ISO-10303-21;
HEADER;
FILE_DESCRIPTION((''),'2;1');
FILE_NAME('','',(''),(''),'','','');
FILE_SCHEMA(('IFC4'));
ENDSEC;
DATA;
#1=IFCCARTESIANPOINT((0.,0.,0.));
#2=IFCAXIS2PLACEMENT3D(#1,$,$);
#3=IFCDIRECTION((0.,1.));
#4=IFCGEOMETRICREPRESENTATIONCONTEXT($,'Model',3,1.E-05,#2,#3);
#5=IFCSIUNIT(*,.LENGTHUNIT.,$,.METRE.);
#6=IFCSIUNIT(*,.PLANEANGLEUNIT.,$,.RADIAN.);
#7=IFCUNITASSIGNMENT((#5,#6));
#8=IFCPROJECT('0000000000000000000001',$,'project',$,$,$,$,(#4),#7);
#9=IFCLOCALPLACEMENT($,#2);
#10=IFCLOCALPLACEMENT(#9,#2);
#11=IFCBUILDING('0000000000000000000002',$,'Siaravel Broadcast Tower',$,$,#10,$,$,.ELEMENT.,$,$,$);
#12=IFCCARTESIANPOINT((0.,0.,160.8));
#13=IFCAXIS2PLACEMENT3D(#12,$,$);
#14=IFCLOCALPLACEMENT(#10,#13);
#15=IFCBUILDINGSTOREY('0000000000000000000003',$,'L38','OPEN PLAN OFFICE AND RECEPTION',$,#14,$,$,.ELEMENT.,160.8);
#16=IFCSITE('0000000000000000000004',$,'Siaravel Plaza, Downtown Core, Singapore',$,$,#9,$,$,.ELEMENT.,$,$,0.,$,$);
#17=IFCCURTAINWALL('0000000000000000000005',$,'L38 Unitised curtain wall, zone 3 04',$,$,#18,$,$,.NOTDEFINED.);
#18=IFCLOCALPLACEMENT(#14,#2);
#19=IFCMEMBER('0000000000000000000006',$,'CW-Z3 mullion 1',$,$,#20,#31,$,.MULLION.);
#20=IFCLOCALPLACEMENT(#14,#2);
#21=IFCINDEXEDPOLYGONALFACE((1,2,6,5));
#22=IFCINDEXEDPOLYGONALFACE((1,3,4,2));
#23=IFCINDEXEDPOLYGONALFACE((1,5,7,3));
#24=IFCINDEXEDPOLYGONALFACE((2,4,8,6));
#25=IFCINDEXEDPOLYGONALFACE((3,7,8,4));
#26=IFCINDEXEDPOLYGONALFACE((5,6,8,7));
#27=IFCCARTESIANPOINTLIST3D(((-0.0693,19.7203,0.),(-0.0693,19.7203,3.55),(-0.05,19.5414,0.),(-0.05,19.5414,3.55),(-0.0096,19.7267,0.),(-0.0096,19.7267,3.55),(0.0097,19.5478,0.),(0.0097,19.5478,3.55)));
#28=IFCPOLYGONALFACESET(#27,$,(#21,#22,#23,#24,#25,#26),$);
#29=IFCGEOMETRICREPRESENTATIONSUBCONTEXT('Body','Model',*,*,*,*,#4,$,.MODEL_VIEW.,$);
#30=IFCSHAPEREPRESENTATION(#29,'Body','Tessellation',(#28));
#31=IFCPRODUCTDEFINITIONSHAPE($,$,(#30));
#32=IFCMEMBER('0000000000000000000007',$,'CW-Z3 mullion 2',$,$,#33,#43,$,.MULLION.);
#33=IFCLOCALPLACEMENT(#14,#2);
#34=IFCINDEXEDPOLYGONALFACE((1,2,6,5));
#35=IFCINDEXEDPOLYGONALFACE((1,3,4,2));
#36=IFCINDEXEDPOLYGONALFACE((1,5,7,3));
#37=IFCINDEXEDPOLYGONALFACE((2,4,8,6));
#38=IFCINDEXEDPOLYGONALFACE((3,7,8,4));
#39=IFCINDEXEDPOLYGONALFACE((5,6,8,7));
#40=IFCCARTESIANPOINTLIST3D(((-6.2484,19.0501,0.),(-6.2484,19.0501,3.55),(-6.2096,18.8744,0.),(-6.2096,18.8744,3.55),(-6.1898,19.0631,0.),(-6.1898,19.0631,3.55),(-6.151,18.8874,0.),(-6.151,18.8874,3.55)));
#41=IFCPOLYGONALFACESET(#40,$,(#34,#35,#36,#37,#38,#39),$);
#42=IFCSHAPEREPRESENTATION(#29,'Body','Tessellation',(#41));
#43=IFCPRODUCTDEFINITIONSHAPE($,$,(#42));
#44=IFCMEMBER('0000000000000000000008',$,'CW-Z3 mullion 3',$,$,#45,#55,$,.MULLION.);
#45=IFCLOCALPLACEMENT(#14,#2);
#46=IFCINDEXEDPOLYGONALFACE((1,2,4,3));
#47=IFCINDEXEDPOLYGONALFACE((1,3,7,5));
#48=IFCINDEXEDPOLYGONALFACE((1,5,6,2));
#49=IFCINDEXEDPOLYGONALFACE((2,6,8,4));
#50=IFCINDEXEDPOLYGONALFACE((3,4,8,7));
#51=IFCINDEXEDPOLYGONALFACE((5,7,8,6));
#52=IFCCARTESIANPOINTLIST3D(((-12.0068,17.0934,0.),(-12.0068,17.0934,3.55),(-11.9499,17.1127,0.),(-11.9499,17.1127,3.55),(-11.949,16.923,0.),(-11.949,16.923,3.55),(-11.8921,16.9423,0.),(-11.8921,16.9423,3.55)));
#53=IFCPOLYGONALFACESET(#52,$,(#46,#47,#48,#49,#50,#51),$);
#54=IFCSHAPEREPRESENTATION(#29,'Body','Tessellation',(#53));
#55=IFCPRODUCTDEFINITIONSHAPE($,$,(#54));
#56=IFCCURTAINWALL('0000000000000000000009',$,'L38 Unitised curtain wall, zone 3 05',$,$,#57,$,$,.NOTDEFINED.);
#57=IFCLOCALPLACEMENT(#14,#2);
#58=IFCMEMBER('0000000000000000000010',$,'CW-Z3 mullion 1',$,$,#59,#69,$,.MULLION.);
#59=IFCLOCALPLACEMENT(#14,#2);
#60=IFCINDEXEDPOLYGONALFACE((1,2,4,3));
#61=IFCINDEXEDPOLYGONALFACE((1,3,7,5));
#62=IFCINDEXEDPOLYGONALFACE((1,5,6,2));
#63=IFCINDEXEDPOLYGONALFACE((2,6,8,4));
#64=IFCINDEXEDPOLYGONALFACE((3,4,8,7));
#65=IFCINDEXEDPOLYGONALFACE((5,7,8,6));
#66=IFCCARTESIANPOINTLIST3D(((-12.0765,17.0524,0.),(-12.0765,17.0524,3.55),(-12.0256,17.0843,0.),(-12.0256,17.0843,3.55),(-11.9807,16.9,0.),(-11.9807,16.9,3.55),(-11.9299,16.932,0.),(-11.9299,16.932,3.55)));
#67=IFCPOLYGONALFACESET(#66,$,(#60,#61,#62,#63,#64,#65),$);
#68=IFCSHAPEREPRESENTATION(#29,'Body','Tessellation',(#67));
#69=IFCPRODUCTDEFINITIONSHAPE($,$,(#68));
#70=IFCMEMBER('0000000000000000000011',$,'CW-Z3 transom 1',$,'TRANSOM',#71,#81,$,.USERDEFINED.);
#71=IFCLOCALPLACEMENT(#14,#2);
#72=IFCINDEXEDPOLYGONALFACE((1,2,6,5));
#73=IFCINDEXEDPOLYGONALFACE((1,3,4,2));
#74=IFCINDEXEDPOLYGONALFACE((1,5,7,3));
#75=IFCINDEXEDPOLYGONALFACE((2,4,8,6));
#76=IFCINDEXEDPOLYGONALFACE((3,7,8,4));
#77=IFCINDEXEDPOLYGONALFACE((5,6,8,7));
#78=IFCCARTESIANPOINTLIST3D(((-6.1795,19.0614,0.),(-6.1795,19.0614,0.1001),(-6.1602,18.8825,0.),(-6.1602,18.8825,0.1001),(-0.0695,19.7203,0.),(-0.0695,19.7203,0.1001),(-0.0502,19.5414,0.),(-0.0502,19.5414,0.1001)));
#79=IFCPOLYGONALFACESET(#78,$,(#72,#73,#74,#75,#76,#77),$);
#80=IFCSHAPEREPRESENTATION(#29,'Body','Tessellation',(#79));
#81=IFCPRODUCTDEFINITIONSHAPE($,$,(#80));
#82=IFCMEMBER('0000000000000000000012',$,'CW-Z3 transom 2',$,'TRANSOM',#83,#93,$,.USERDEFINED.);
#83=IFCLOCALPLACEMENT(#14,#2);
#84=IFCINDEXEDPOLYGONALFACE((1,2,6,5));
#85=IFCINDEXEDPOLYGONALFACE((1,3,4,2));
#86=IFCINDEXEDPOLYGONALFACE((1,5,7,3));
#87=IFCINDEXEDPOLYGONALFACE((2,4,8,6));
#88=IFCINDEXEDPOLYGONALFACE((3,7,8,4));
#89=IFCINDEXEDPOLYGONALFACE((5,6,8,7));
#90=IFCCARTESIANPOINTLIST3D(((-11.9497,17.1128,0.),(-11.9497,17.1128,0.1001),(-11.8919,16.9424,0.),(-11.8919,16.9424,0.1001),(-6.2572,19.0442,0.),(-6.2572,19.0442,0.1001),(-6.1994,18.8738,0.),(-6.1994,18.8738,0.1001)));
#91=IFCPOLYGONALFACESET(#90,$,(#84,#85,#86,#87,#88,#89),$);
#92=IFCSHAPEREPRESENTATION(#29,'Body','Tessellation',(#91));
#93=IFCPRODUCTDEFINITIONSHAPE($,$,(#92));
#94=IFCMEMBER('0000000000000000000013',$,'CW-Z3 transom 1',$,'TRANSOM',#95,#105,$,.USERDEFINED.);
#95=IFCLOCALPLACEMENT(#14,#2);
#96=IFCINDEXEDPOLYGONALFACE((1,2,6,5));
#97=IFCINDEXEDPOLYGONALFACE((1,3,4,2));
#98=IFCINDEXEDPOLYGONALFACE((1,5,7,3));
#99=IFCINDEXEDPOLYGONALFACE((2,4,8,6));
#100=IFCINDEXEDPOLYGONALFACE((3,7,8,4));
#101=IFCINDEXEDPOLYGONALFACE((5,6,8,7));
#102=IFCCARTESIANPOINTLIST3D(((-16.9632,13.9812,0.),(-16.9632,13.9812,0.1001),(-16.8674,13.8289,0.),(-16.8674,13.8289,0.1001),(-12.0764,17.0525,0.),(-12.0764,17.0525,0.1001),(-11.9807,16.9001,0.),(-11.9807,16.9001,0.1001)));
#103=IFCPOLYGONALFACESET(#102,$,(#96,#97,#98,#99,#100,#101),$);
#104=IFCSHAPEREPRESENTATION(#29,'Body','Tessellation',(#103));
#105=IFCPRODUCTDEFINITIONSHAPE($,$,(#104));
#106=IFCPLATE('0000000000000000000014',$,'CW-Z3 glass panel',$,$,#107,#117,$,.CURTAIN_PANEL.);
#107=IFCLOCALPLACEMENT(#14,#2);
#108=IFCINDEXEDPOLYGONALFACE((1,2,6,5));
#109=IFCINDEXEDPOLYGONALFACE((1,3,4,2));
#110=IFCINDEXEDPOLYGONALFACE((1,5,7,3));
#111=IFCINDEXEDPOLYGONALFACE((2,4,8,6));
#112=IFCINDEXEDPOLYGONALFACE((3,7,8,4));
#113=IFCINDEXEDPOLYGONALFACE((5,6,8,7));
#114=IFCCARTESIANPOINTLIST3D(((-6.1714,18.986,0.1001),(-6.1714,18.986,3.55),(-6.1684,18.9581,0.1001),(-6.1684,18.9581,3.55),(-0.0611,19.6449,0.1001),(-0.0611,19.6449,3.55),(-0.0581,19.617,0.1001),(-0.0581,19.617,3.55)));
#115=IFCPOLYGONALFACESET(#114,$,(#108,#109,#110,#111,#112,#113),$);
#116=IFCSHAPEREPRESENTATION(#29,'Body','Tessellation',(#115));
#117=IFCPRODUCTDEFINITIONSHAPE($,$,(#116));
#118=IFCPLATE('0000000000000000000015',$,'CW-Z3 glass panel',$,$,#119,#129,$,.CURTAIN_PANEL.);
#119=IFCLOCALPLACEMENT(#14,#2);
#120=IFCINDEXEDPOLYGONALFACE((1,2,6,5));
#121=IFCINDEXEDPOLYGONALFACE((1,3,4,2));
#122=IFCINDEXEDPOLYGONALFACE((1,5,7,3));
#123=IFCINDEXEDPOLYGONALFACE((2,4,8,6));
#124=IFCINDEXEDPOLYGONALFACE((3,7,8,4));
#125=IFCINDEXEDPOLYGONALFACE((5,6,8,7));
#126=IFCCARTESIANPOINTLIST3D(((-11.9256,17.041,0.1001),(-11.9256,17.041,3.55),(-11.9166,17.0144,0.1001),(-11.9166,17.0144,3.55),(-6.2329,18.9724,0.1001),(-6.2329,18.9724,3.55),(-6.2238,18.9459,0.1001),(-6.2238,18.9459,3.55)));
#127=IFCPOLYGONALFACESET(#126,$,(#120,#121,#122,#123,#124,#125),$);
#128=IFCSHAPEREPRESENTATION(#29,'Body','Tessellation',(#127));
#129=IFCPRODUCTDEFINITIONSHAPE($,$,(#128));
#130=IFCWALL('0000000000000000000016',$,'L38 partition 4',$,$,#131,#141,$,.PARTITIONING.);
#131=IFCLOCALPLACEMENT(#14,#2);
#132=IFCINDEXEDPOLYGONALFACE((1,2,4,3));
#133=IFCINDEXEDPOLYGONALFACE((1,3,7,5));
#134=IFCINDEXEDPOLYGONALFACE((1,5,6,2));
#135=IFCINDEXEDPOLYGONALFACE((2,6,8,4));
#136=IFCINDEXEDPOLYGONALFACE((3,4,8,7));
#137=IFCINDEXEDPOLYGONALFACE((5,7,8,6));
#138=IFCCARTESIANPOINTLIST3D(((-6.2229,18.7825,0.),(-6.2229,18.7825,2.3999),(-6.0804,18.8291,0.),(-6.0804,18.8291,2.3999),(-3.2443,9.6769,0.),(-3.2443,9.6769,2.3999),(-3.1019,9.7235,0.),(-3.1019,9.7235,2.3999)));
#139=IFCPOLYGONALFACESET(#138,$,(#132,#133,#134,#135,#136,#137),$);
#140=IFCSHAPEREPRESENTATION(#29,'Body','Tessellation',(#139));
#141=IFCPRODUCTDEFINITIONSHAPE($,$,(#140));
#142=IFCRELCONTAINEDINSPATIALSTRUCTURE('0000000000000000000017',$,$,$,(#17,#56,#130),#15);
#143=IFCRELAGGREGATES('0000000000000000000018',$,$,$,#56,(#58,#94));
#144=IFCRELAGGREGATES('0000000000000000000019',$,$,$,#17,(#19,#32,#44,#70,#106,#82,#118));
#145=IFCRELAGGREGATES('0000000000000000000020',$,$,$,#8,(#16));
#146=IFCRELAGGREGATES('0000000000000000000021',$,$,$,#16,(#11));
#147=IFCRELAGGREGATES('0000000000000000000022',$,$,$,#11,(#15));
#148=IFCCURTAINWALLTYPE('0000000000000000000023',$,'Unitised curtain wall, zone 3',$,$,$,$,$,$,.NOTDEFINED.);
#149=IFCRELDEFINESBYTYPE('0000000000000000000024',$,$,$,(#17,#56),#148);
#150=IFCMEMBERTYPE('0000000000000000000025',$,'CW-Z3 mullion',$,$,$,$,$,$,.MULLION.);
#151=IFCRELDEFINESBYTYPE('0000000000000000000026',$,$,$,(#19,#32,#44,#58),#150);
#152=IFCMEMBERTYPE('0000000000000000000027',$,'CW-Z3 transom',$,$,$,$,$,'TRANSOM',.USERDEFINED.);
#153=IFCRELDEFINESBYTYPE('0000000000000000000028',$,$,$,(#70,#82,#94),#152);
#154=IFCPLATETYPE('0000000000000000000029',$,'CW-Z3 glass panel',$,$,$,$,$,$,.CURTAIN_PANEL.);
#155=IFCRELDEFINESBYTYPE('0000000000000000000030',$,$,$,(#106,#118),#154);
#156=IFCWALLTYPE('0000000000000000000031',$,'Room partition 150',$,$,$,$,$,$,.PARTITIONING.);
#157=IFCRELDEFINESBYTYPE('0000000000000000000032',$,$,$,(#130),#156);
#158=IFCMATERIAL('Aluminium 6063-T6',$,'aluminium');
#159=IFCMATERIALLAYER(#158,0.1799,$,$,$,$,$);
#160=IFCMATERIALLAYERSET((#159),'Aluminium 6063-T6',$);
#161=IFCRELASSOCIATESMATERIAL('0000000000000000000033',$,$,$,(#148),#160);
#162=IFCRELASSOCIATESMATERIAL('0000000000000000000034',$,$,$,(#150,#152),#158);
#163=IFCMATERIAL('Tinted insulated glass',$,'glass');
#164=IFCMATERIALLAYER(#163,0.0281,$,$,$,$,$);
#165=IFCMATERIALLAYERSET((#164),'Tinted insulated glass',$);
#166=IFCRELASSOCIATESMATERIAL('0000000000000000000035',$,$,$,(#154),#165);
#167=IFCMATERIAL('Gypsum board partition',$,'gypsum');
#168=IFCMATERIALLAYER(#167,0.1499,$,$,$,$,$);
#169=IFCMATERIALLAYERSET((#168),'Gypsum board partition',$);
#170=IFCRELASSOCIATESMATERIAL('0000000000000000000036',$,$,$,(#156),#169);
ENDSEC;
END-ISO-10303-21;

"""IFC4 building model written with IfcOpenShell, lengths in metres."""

from ifc_helpers import new_model, si_unit, direction, frame, frame_2d, origin, origin_2d, place, context, subcontext, project, spatial, rectangle, extrude, material, layer, layer_set, material_profile, profile_set, type_object, element, aggregate, save


model = new_model("IFC4")

# Units and contexts
model_context = context("Model", 3, precision=1e-05, world=origin(), true_north=direction((0.0, 1.0)))
body_context = subcontext(model_context, "Body", "Model", "MODEL_VIEW")
ifc_project = project(units=[si_unit("LENGTHUNIT", "METRE"), si_unit("PLANEANGLEUNIT", "RADIAN")], contexts=[model_context])

# Site, building, storey
site_placement = place(None, origin())
site = spatial("IfcSite", under=ifc_project, at=site_placement, Name="Siaravel Plaza, Downtown Core, Singapore", CompositionType="ELEMENT", RefElevation=0.0)
building_placement = place(site_placement, origin())
building = spatial("IfcBuilding", under=site, at=building_placement, Name="Siaravel Broadcast Tower", CompositionType="ELEMENT")
storey_placement = place(building_placement, frame((0.0, 0.0, 160.8)))
storey = spatial("IfcBuildingStorey", under=building, at=storey_placement, Name="L38", Description="OPEN PLAN OFFICE AND RECEPTION", CompositionType="ELEMENT", Elevation=160.8)

# Curtain wall, members
ifc_material_1 = material(Name="Aluminium 6063-T6", Category="aluminium")
ifc_layer_1 = layer(ifc_material_1, 0.1799)
ifc_layer_set_1 = layer_set([ifc_layer_1], Name="Aluminium 6063-T6")
curtain_wall_type = type_object("IfcCurtainWallType", Name="Unitised curtain wall, zone 3", PredefinedType="NOTDEFINED", material=ifc_layer_set_1)
curtain_wall_1_placement = place(storey_placement, origin())
curtain_wall_1 = element("IfcCurtainWall", 1, at=curtain_wall_1_placement, inside=storey, type_object=curtain_wall_type, Name="L38 Unitised curtain wall, zone 3 04", PredefinedType="NOTDEFINED")
ifc_material_profile_1 = material_profile(ifc_material_1, rectangle(XDim=0.1799, YDim=0.0601, at=origin_2d()))
ifc_profile_set_1 = profile_set([ifc_material_profile_1], Name="Aluminium 6063-T6")
member_type_1 = type_object("IfcMemberType", Name="CW-Z3 mullion", PredefinedType="MULLION", material=ifc_profile_set_1)
member_1_placement = place(storey_placement, frame((-0.0298, 19.634, 0.0), z_axis=(0.0, 0.0, 1.0), x_axis=(0.107218, -0.994236, 0.0)))
member_1 = element("IfcMember", 2, at=member_1_placement, type_object=member_type_1, Name="CW-Z3 mullion 1", PredefinedType="MULLION", context=body_context, shape_type="SweptSolid", body=[
    extrude(rectangle(XDim=0.1799, YDim=0.0601, at=origin_2d()), origin(), (0.0, 0.0, 1.0), 3.55),
])
member_2_placement = place(storey_placement, frame((-6.1997, 18.9688, 0.0), z_axis=(0.0, 0.0, 1.0), x_axis=(0.215559, -0.976491, 0.0)))
member_2 = element("IfcMember", 3, at=member_2_placement, type_object=member_type_1, Name="CW-Z3 mullion 2", PredefinedType="MULLION", context=body_context, shape_type="SweptSolid", body=[
    extrude(rectangle(XDim=0.1799, YDim=0.0601, at=origin_2d()), origin(), (0.0, 0.0, 1.0), 3.55),
])
member_3_placement = place(storey_placement, frame((-11.9495, 17.0178, 0.0), z_axis=(0.0, 0.0, 1.0), x_axis=(0.321301, -0.946977, 0.0)))
member_3 = element("IfcMember", 4, at=member_3_placement, type_object=member_type_1, Name="CW-Z3 mullion 3", PredefinedType="MULLION", context=body_context, shape_type="SweptSolid", body=[
    extrude(rectangle(XDim=0.1799, YDim=0.0601, at=origin_2d()), origin(), (0.0, 0.0, 1.0), 3.55),
])

# Curtain wall, member
curtain_wall_2_placement = place(storey_placement, origin())
curtain_wall_2 = element("IfcCurtainWall", 5, at=curtain_wall_2_placement, inside=storey, type_object=curtain_wall_type, Name="L38 Unitised curtain wall, zone 3 05", PredefinedType="NOTDEFINED")
member_4_placement = place(storey_placement, frame((-12.0032, 16.9922, 0.0), z_axis=(0.0, 0.0, 1.0), x_axis=(0.53215, -0.84665, 0.0)))
member_4 = element("IfcMember", 6, at=member_4_placement, type_object=member_type_1, Name="CW-Z3 mullion 1", PredefinedType="MULLION", context=body_context, shape_type="SweptSolid", body=[
    extrude(rectangle(XDim=0.1799, YDim=0.0601, at=origin_2d()), origin(), (0.0, 0.0, 1.0), 3.55),
])

# Members
ifc_material_profile_2 = material_profile(ifc_material_1, rectangle(XDim=0.1799, YDim=0.1001, at=origin_2d()))
ifc_profile_set_2 = profile_set([ifc_material_profile_2], Name="Aluminium 6063-T6")
member_type_2 = type_object("IfcMemberType", Name="CW-Z3 transom", ElementType="TRANSOM", PredefinedType="USERDEFINED", material=ifc_profile_set_2)
member_5_placement = place(storey_placement, frame((-0.0598, 19.6309, 0.05), z_axis=(-0.994235, -0.107222, 0.0), x_axis=(0.107222, -0.994235, 0.0)))
member_5 = element("IfcMember", 7, at=member_5_placement, type_object=member_type_2, Name="CW-Z3 transom 1", ObjectType="TRANSOM", PredefinedType="USERDEFINED", context=body_context, shape_type="SweptSolid", body=[
    extrude(rectangle(XDim=0.1799, YDim=0.1001, at=origin_2d()), origin(), (0.0, 0.0, 1.0), 6.1455),
])
member_6_placement = place(storey_placement, frame((-6.2283, 18.959, 0.05), z_axis=(-0.94698, -0.321292, 0.0), x_axis=(0.321292, -0.94698, 0.0)))
member_6 = element("IfcMember", 8, at=member_6_placement, type_object=member_type_2, Name="CW-Z3 transom 2", ObjectType="TRANSOM", PredefinedType="USERDEFINED", context=body_context, shape_type="SweptSolid", body=[
    extrude(rectangle(XDim=0.1799, YDim=0.1001, at=origin_2d()), origin(), (0.0, 0.0, 1.0), 6.0112),
])
member_7_placement = place(storey_placement, frame((-12.0286, 16.9763, 0.05), z_axis=(-0.846665, -0.532126, 0.0), x_axis=(0.532126, -0.846665, 0.0)))
member_7 = element("IfcMember", 9, at=member_7_placement, type_object=member_type_2, Name="CW-Z3 transom 1", ObjectType="TRANSOM", PredefinedType="USERDEFINED", context=body_context, shape_type="SweptSolid", body=[
    extrude(rectangle(XDim=0.1799, YDim=0.1001, at=origin_2d()), origin(), (0.0, 0.0, 1.0), 5.7717),
])
aggregate(curtain_wall_2, [member_4, member_7])

# Plates
ifc_material_2 = material(Name="Tinted insulated glass", Category="glass")
ifc_layer_2 = layer(ifc_material_2, 0.0281)
ifc_layer_set_2 = layer_set([ifc_layer_2], Name="Tinted insulated glass")
plate_type = type_object("IfcPlateType", Name="CW-Z3 glass panel", PredefinedType="CURTAIN_PANEL", material=ifc_layer_set_2)
plate_1_placement = place(storey_placement, frame((-3.1147, 19.3015, 0.1001), z_axis=(0.0, 0.0, 1.0), x_axis=(-0.994236, -0.107218, 0.0)))
plate_1 = element("IfcPlate", 10, at=plate_1_placement, type_object=plate_type, Name="CW-Z3 glass panel", PredefinedType="CURTAIN_PANEL", context=body_context, shape_type="SweptSolid", body=[
    extrude(rectangle(XDim=6.1458, YDim=0.0281, at=origin_2d()), origin(), (0.0, 0.0, 1.0), 3.45),
])
plate_2_placement = place(storey_placement, frame((-9.0747, 17.9934, 0.1001), z_axis=(0.0, 0.0, 1.0), x_axis=(-0.946977, -0.321301, 0.0)))
plate_2 = element("IfcPlate", 11, at=plate_2_placement, type_object=plate_type, Name="CW-Z3 glass panel", PredefinedType="CURTAIN_PANEL", context=body_context, shape_type="SweptSolid", body=[
    extrude(rectangle(XDim=6.0115, YDim=0.0281, at=origin_2d()), origin(), (0.0, 0.0, 1.0), 3.45),
])
aggregate(curtain_wall_1, [member_1, member_2, member_3, member_5, plate_1, member_6, plate_2])

# Wall
ifc_material_3 = material(Name="Gypsum board partition", Category="gypsum")
ifc_layer_3 = layer(ifc_material_3, 0.1499)
ifc_layer_set_3 = layer_set([ifc_layer_3], Name="Gypsum board partition")
wall_type = type_object("IfcWallType", Name="Room partition 150", PredefinedType="PARTITIONING", material=ifc_layer_set_3)
wall_placement = place(storey_placement, frame((-6.1516, 18.8057, 0.0), z_axis=(0.0, 0.0, 1.0), x_axis=(0.310902, -0.950442, 0.0)))
element("IfcWall", 12, at=wall_placement, inside=storey, type_object=wall_type, Name="L38 partition 4", PredefinedType="PARTITIONING", context=body_context, shape_type="SweptSolid", body=[
    extrude(rectangle(XDim=9.5803, YDim=0.1499, at=frame_2d((4.79, 0.0))), origin(), (0.0, 0.0, 1.0), 2.3999),
])

save(model, "model.ifc")
